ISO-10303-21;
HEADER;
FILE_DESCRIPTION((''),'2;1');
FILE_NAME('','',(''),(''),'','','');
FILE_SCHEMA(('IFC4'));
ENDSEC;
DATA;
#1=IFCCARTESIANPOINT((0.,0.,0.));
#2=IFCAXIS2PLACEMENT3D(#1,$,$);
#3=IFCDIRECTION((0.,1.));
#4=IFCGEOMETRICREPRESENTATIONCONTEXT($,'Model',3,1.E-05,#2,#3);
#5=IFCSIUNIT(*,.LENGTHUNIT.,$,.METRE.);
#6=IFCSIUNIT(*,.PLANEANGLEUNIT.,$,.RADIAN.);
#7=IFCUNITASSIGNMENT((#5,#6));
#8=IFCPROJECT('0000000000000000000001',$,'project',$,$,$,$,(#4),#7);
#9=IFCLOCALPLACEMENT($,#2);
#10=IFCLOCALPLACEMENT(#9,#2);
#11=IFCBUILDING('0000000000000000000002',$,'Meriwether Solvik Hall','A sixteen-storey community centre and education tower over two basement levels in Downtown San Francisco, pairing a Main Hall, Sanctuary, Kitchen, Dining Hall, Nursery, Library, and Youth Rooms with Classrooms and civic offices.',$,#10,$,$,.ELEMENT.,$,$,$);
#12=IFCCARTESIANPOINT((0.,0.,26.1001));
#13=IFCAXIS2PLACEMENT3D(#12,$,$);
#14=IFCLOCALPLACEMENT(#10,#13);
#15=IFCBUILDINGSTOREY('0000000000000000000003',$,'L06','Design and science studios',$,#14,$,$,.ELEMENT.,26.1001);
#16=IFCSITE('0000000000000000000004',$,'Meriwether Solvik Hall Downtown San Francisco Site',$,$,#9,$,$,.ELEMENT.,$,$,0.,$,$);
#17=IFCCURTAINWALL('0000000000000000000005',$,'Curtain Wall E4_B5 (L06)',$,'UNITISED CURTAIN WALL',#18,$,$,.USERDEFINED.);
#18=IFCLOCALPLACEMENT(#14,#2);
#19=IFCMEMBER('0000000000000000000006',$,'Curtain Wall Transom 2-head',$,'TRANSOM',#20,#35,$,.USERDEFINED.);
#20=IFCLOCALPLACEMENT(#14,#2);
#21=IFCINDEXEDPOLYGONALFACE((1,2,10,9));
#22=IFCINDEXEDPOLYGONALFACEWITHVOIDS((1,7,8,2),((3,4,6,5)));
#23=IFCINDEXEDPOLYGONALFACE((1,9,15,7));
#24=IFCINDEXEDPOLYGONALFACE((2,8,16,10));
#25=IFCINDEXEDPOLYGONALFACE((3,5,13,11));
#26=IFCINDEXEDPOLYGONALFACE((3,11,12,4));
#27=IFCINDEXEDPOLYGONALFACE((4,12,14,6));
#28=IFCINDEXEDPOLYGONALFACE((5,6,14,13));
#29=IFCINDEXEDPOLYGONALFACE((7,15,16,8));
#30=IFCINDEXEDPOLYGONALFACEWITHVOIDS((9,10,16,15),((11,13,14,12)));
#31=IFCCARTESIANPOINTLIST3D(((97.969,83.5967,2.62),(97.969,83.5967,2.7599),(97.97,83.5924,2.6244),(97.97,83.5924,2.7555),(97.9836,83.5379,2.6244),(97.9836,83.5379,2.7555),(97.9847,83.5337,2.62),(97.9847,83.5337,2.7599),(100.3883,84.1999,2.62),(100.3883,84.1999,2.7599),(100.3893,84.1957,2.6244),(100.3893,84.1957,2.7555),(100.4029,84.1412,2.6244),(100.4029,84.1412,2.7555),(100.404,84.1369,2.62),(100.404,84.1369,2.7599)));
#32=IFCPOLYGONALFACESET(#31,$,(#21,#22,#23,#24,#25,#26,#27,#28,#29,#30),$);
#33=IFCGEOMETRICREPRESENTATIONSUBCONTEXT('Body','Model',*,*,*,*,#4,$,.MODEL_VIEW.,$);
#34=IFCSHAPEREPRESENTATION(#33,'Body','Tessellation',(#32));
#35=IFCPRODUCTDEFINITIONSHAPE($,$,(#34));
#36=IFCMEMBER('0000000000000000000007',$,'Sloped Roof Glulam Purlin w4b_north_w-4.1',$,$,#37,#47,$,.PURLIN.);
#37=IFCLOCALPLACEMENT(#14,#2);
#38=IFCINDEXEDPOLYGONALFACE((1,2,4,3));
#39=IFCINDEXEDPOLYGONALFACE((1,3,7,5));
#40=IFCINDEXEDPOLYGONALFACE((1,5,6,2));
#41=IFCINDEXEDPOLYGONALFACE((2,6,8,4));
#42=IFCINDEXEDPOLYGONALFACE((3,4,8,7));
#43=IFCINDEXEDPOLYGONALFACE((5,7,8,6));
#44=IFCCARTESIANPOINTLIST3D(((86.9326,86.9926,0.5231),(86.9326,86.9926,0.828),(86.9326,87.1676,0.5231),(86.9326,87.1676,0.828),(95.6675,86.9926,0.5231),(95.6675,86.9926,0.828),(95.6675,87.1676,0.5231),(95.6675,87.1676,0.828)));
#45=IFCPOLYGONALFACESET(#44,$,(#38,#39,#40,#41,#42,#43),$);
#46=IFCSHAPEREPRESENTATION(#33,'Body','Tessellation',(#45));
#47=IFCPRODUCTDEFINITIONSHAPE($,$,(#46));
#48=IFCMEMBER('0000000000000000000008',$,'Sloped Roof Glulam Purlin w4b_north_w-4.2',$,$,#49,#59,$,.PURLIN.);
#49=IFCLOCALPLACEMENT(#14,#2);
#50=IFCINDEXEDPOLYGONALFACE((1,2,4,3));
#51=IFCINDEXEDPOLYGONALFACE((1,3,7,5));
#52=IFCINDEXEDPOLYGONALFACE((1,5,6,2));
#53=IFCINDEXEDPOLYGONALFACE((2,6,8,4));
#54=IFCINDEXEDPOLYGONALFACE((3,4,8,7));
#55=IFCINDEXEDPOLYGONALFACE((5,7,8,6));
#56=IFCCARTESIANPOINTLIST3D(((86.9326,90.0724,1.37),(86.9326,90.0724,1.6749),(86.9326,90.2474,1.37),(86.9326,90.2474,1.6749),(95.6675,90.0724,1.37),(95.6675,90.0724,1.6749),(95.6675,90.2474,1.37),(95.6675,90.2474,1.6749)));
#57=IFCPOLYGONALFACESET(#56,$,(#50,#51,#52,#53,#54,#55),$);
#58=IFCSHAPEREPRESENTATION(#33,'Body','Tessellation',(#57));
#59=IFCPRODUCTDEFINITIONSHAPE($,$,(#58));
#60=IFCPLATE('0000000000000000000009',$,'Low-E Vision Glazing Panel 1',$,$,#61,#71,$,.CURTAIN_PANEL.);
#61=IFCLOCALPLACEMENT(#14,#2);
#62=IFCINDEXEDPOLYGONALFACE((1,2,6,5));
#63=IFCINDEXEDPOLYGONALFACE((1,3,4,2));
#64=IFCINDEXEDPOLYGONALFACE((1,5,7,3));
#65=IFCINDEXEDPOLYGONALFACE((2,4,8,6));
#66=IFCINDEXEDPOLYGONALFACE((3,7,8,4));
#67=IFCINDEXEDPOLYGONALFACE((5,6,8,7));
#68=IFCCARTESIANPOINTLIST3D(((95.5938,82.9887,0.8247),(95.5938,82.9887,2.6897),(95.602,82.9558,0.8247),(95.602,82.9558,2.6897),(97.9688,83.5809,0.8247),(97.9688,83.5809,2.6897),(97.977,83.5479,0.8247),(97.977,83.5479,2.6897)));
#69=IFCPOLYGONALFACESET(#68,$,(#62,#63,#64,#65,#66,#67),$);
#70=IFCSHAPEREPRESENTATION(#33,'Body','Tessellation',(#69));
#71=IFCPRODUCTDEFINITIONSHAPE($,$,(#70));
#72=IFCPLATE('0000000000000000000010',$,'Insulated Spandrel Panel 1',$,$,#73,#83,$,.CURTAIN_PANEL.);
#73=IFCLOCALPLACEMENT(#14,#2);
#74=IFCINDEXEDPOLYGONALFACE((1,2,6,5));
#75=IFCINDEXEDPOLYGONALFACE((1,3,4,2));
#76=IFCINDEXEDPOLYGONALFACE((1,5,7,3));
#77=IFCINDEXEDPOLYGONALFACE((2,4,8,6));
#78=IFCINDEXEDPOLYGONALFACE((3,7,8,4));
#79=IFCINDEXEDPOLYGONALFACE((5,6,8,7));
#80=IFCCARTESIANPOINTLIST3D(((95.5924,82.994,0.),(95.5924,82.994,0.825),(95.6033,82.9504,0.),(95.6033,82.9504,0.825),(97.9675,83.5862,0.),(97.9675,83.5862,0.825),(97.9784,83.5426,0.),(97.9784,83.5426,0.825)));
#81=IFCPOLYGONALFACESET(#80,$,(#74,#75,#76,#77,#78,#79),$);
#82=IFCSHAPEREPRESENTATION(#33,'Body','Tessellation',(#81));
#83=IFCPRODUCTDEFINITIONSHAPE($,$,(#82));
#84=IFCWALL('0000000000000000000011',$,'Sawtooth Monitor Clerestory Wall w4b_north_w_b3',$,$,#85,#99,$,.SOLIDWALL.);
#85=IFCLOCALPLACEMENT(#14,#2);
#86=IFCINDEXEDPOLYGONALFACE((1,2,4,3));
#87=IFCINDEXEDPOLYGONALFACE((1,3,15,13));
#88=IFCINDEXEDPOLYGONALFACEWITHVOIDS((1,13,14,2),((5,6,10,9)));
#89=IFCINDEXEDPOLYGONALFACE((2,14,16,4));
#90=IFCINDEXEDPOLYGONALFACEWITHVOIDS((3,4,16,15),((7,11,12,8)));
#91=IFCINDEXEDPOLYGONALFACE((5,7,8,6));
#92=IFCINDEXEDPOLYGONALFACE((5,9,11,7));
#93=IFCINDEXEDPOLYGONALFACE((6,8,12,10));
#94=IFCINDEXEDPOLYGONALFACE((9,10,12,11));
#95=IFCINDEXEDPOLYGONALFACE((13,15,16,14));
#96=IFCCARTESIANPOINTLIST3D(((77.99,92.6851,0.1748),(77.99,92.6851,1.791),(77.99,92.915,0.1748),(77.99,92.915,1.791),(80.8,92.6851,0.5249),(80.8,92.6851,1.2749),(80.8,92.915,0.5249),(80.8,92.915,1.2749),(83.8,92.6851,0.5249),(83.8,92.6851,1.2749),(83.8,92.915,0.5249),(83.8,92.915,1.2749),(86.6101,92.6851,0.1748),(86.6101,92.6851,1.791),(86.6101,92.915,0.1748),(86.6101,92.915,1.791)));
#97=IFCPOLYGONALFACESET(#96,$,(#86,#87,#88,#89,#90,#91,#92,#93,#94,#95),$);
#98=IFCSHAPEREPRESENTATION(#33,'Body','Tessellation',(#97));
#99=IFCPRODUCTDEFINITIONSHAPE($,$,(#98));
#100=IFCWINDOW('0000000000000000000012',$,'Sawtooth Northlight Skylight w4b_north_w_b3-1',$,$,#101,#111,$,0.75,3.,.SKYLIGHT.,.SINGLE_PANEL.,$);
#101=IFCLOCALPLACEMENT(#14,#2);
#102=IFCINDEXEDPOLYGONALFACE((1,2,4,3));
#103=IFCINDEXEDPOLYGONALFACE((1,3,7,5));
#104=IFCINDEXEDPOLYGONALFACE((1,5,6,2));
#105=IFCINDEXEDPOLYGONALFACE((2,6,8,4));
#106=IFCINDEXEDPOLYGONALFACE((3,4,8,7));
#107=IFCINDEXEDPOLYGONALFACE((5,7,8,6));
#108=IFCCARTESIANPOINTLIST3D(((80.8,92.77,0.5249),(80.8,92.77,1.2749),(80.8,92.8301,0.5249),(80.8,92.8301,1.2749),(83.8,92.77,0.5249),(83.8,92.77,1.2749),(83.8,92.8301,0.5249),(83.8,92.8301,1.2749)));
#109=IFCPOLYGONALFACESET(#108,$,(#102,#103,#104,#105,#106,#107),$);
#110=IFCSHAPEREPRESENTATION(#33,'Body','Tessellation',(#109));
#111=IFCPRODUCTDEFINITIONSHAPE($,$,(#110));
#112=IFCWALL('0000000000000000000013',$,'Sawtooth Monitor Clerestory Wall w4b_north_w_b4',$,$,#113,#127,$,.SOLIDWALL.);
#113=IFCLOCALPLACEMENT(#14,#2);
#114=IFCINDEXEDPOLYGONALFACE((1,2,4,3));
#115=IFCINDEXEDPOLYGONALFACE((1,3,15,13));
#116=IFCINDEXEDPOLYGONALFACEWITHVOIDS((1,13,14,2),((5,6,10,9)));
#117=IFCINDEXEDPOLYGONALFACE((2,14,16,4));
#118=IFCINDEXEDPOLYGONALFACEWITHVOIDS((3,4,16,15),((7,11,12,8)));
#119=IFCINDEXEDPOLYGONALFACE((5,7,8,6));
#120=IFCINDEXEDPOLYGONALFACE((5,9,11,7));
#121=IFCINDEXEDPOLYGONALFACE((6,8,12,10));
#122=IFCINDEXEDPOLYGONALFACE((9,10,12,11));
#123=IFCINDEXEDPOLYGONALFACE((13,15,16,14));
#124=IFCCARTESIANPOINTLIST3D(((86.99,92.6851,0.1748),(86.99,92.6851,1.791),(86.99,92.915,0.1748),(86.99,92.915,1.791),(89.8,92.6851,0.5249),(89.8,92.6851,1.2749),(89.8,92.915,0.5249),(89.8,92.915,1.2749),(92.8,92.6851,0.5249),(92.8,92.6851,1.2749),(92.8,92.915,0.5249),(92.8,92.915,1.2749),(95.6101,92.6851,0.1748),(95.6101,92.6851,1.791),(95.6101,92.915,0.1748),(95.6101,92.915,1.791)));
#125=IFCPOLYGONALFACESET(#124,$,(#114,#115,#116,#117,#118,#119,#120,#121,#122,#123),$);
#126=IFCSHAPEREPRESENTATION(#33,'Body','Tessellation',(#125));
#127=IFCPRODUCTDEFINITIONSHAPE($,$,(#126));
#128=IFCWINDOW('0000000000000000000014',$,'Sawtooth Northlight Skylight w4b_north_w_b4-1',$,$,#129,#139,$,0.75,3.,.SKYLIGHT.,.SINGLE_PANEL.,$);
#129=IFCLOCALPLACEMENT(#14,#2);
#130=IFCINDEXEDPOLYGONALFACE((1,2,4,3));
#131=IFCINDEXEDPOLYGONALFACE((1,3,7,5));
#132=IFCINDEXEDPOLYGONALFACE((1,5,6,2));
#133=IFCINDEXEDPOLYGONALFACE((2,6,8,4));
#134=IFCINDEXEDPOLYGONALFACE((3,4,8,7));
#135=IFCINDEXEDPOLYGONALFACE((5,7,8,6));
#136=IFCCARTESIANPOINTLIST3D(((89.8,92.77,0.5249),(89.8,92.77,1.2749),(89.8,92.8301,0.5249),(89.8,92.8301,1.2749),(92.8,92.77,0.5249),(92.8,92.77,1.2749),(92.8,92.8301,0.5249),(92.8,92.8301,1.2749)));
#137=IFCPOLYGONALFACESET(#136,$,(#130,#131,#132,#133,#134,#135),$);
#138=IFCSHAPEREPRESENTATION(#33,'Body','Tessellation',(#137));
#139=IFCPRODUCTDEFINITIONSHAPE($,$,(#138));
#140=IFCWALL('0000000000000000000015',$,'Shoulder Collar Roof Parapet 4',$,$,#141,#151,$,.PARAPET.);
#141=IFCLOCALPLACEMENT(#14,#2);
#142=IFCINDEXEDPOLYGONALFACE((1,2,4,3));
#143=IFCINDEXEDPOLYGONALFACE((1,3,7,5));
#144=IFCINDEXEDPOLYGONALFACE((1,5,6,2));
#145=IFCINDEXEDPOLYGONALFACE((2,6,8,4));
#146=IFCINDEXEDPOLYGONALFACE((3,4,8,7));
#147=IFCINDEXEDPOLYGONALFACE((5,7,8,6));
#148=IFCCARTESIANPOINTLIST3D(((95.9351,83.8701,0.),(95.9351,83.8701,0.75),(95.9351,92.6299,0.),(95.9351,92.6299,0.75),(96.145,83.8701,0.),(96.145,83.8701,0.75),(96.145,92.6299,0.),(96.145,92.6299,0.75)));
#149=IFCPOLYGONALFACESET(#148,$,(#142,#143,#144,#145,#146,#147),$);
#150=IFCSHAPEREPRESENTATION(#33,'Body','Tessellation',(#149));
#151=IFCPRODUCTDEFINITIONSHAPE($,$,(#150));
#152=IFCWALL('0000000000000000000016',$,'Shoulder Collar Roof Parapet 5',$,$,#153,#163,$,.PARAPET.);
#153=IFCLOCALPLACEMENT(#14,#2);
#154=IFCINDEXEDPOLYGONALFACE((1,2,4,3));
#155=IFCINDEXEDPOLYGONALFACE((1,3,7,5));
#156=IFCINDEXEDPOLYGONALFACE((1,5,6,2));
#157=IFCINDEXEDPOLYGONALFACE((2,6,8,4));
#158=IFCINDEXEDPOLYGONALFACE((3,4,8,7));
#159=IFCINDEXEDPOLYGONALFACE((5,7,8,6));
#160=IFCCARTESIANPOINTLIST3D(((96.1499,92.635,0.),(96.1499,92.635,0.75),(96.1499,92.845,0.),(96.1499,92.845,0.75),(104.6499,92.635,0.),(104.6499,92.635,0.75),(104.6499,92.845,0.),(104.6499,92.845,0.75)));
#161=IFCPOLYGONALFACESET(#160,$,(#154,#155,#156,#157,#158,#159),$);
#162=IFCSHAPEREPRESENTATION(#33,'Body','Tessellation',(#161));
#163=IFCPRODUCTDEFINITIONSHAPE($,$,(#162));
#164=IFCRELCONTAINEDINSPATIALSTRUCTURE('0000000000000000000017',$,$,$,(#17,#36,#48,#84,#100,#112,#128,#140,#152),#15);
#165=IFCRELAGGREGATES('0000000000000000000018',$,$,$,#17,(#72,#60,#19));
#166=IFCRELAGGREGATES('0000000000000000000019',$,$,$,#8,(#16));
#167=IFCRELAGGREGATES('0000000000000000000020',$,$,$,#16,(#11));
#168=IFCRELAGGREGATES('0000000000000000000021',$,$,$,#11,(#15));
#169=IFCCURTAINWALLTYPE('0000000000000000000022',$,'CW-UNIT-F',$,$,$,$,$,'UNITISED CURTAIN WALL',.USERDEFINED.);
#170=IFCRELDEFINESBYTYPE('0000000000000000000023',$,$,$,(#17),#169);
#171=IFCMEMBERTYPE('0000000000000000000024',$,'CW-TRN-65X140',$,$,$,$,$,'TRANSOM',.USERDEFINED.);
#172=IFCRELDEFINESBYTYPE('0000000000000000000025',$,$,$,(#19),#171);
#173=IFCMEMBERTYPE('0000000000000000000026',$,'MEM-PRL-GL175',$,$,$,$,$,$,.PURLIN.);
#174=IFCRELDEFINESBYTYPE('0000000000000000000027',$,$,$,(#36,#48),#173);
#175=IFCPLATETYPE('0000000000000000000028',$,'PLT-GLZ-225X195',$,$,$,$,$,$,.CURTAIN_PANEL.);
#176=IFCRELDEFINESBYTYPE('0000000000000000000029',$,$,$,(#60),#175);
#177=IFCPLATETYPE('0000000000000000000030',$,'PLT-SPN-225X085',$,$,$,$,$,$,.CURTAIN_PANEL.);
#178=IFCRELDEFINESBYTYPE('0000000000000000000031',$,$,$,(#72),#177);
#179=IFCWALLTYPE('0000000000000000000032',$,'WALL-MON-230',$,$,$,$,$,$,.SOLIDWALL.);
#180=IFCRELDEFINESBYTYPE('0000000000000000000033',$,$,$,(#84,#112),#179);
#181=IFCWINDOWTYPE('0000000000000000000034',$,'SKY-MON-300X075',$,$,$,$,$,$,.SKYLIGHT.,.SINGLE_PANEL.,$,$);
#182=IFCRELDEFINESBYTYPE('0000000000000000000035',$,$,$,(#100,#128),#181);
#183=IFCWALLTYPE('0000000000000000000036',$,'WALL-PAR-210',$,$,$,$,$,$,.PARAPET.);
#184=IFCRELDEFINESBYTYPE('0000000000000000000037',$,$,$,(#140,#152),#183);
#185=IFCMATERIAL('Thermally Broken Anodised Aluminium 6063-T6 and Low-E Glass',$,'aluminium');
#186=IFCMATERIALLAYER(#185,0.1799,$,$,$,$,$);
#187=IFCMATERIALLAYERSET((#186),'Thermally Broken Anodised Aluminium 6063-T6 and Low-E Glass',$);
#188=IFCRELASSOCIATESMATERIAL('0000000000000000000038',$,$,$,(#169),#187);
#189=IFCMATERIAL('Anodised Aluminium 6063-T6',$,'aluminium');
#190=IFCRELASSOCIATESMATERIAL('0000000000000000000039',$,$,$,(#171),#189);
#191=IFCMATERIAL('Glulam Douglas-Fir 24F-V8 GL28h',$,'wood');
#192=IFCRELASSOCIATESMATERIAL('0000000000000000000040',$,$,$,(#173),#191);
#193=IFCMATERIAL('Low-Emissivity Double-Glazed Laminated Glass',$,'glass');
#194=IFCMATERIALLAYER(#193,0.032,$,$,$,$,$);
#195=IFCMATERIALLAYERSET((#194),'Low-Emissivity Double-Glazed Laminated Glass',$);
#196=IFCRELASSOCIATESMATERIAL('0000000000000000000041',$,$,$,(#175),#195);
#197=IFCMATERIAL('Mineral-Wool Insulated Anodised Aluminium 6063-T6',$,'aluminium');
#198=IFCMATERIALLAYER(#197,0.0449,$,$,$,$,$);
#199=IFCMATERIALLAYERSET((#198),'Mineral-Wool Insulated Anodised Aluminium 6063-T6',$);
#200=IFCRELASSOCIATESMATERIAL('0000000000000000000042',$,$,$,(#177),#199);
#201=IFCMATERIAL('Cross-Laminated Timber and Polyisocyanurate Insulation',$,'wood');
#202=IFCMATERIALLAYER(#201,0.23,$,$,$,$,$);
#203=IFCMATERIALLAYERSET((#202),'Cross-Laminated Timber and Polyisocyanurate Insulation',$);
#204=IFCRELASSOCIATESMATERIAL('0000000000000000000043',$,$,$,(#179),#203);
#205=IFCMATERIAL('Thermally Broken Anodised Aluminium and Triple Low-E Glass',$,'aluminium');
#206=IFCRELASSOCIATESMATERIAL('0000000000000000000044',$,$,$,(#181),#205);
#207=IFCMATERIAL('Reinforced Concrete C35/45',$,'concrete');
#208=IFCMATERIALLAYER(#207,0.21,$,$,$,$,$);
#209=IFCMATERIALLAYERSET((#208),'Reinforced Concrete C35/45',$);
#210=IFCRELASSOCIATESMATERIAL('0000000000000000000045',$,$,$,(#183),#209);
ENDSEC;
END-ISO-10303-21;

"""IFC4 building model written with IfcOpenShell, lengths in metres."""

from ifc_helpers import new_model, si_unit, direction, frame, frame_2d, origin, origin_2d, place, context, subcontext, project, spatial, rectangle, hollow_rectangle, extrude, material, layer, layer_set, material_profile, profile_set, type_object, element, fill, aggregate, save


model = new_model("IFC4")

# Units and contexts
model_context = context("Model", 3, precision=1e-05, world=origin(), true_north=direction((0.0, 1.0)))
body_context = subcontext(model_context, "Body", "Model", "MODEL_VIEW")
ifc_project = project(units=[si_unit("LENGTHUNIT", "METRE"), si_unit("PLANEANGLEUNIT", "RADIAN")], contexts=[model_context])

# Site, building, storey
site_placement = place(None, origin())
site = spatial("IfcSite", under=ifc_project, at=site_placement, Name="Meriwether Solvik Hall Downtown San Francisco Site", CompositionType="ELEMENT", RefElevation=0.0)
building_placement = place(site_placement, origin())
building = spatial("IfcBuilding", under=site, at=building_placement, Name="Meriwether Solvik Hall", Description="A sixteen-storey community centre and education tower over two basement levels in Downtown San Francisco, pairing a Main Hall, Sanctuary, Kitchen, Dining Hall, Nursery, Library, and Youth Rooms with Classrooms and civic offices.", CompositionType="ELEMENT")
storey_placement = place(building_placement, frame((0.0, 0.0, 26.1001)))
storey = spatial("IfcBuildingStorey", under=building, at=storey_placement, Name="L06", Description="Design and science studios", CompositionType="ELEMENT", Elevation=26.1001)

# Curtain wall, member
ifc_material_1 = material(Name="Thermally Broken Anodised Aluminium 6063-T6 and Low-E Glass", Category="aluminium")
ifc_layer_1 = layer(ifc_material_1, 0.1799)
ifc_layer_set_1 = layer_set([ifc_layer_1], Name="Thermally Broken Anodised Aluminium 6063-T6 and Low-E Glass")
curtain_wall_type = type_object("IfcCurtainWallType", Name="CW-UNIT-F", ElementType="UNITISED CURTAIN WALL", PredefinedType="USERDEFINED", material=ifc_layer_set_1)
curtain_wall_placement = place(storey_placement, origin())
curtain_wall = element("IfcCurtainWall", 1, at=curtain_wall_placement, inside=storey, type_object=curtain_wall_type, Name="Curtain Wall E4_B5 (L06)", ObjectType="UNITISED CURTAIN WALL", PredefinedType="USERDEFINED")
ifc_material_2 = material(Name="Anodised Aluminium 6063-T6", Category="aluminium")
ifc_material_profile_1 = material_profile(ifc_material_2, hollow_rectangle(XDim=0.0649, YDim=0.1399, WallThickness=0.0044, at=origin_2d()), Name="CWT-65X140")
ifc_profile_set_1 = profile_set([ifc_material_profile_1], Name="Anodised Aluminium 6063-T6")
member_type_1 = type_object("IfcMemberType", Name="CW-TRN-65X140", ElementType="TRANSOM", PredefinedType="USERDEFINED", material=ifc_profile_set_1)
member_1_placement = place(storey_placement, frame((97.9768, 83.5652, 2.6899), z_axis=(0.970292, 0.241937, 0.0), x_axis=(-0.241937, 0.970292, 0.0)))
member_1 = element("IfcMember", 2, at=member_1_placement, type_object=member_type_1, Name="Curtain Wall Transom 2-head", ObjectType="TRANSOM", PredefinedType="USERDEFINED", context=body_context, shape_type="SweptSolid", body=[
    extrude(hollow_rectangle(XDim=0.0649, YDim=0.1399, WallThickness=0.0044, at=origin_2d()), origin(), (0.0, 0.0, 1.0), 2.4934),
])

# Members
ifc_material_3 = material(Name="Glulam Douglas-Fir 24F-V8 GL28h", Category="wood")
ifc_material_profile_2 = material_profile(ifc_material_3, rectangle(XDim=0.175, YDim=0.3049, at=origin_2d()), Name="GLM-175X305")
ifc_profile_set_2 = profile_set([ifc_material_profile_2], Name="Glulam Douglas-Fir 24F-V8 GL28h")
member_type_2 = type_object("IfcMemberType", Name="MEM-PRL-GL175", PredefinedType="PURLIN", material=ifc_profile_set_2)
for number, where, z_axis, x_axis, name in (
    (3, (86.9326, 87.0801, 0.6755), (1.0, 0.0, 0.0), (0.0, 1.0, 0.0), "Sloped Roof Glulam Purlin w4b_north_w-4.1"),
    (4, (86.9326, 90.1599, 1.5225), (1.0, 0.0, 0.0), (0.0, 1.0, 0.0), "Sloped Roof Glulam Purlin w4b_north_w-4.2"),
):
    element("IfcMember", number, at=place(storey_placement, frame(where, z_axis=z_axis, x_axis=x_axis)), inside=storey, type_object=member_type_2, Name=name, PredefinedType="PURLIN", context=body_context, shape_type="SweptSolid", body=[
        extrude(rectangle(XDim=0.175, YDim=0.3049, at=origin_2d()), origin(), (0.0, 0.0, 1.0), 8.7349),
    ])

# Plates
ifc_material_4 = material(Name="Low-Emissivity Double-Glazed Laminated Glass", Category="glass")
ifc_layer_2 = layer(ifc_material_4, 0.032)
ifc_layer_set_2 = layer_set([ifc_layer_2], Name="Low-Emissivity Double-Glazed Laminated Glass")
plate_type_1 = type_object("IfcPlateType", Name="PLT-GLZ-225X195", PredefinedType="CURTAIN_PANEL", material=ifc_layer_set_2)
plate_1_placement = place(storey_placement, frame((96.7854, 83.2683, 0.8247), z_axis=(0.0, 0.0, 1.0), x_axis=(0.970296, 0.241922, 0.0)))
plate_1 = element("IfcPlate", 5, at=plate_1_placement, type_object=plate_type_1, Name="Low-E Vision Glazing Panel 1", PredefinedType="CURTAIN_PANEL", context=body_context, shape_type="SweptSolid", body=[
    extrude(rectangle(XDim=2.4478, YDim=0.0339, at=origin_2d()), origin(), (0.0, 0.0, 1.0), 1.865),
])
ifc_material_5 = material(Name="Mineral-Wool Insulated Anodised Aluminium 6063-T6", Category="aluminium")
ifc_layer_3 = layer(ifc_material_5, 0.0449)
ifc_layer_set_3 = layer_set([ifc_layer_3], Name="Mineral-Wool Insulated Anodised Aluminium 6063-T6")
plate_type_2 = type_object("IfcPlateType", Name="PLT-SPN-225X085", PredefinedType="CURTAIN_PANEL", material=ifc_layer_set_3)
plate_2_placement = place(storey_placement, frame((96.7854, 83.2683, 0.0), z_axis=(0.0, 0.0, 1.0), x_axis=(0.970296, 0.241922, 0.0)))
plate_2 = element("IfcPlate", 6, at=plate_2_placement, type_object=plate_type_2, Name="Insulated Spandrel Panel 1", PredefinedType="CURTAIN_PANEL", context=body_context, shape_type="SweptSolid", body=[
    extrude(rectangle(XDim=2.4478, YDim=0.0449, at=origin_2d()), origin(), (0.0, 0.0, 1.0), 0.825),
])
aggregate(curtain_wall, [plate_2, plate_1, member_1])

# Walls, openings, windows
ifc_material_6 = material(Name="Cross-Laminated Timber and Polyisocyanurate Insulation", Category="wood")
ifc_layer_4 = layer(ifc_material_6, 0.23)
ifc_layer_set_4 = layer_set([ifc_layer_4], Name="Cross-Laminated Timber and Polyisocyanurate Insulation")
wall_type_1 = type_object("IfcWallType", Name="WALL-MON-230", PredefinedType="SOLIDWALL", material=ifc_layer_set_4)
wall_1_placement = place(storey_placement, frame((86.6101, 92.8, 0.1748), z_axis=(0.0, 0.0, 1.0), x_axis=(-1.0, 0.0, 0.0)))
wall_1 = element("IfcWall", 7, at=wall_1_placement, inside=storey, type_object=wall_type_1, Name="Sawtooth Monitor Clerestory Wall w4b_north_w_b3", PredefinedType="SOLIDWALL", context=body_context, shape_type="SweptSolid", body=[
    extrude(rectangle(XDim=8.6201, YDim=0.23, at=frame_2d((4.3101, 0.0))), origin(), (0.0, 0.0, 1.0), 1.6162),
])
opening_1_placement = place(wall_1_placement, frame((2.8101, 0.0, 0.3501)))
opening_1 = element("IfcOpeningElement", 8, at=opening_1_placement, cuts=wall_1, PredefinedType="OPENING", context=body_context, shape_type="SweptSolid", body=[
    extrude(rectangle(XDim=3.0, YDim=0.75, at=frame_2d((1.5, 0.375))), frame((0.0, 0.127, 0.0), z_axis=(0.0, -1.0, 0.0), x_axis=(1.0, 0.0, 0.0)), (0.0, 0.0, 1.0), 0.2539),
])
ifc_material_7 = material(Name="Thermally Broken Anodised Aluminium and Triple Low-E Glass", Category="aluminium")
window_type = type_object("IfcWindowType", Name="SKY-MON-300X075", PartitioningType="SINGLE_PANEL", PredefinedType="SKYLIGHT", material=ifc_material_7)
window_1_placement = place(opening_1_placement, origin())
window_1 = element("IfcWindow", 9, at=window_1_placement, inside=storey, type_object=window_type, Name="Sawtooth Northlight Skylight w4b_north_w_b3-1", OverallHeight=0.75, OverallWidth=3.0, PartitioningType="SINGLE_PANEL", PredefinedType="SKYLIGHT", context=body_context, shape_type="SweptSolid", body=[
    extrude(rectangle(XDim=3.0, YDim=0.75, at=frame_2d((1.5, 0.375))), frame((0.0, 0.03, 0.0), z_axis=(0.0, -1.0, 0.0), x_axis=(1.0, 0.0, 0.0)), (0.0, 0.0, 1.0), 0.0601),
])
fill(opening_1, window_1)
wall_2_placement = place(storey_placement, frame((95.6101, 92.8, 0.1748), z_axis=(0.0, 0.0, 1.0), x_axis=(-1.0, 0.0, 0.0)))
wall_2 = element("IfcWall", 10, at=wall_2_placement, inside=storey, type_object=wall_type_1, Name="Sawtooth Monitor Clerestory Wall w4b_north_w_b4", PredefinedType="SOLIDWALL", context=body_context, shape_type="SweptSolid", body=[
    extrude(rectangle(XDim=8.6201, YDim=0.23, at=frame_2d((4.3101, 0.0))), origin(), (0.0, 0.0, 1.0), 1.6162),
])
opening_2_placement = place(wall_2_placement, frame((2.8101, 0.0, 0.3501)))
opening_2 = element("IfcOpeningElement", 11, at=opening_2_placement, cuts=wall_2, PredefinedType="OPENING", context=body_context, shape_type="SweptSolid", body=[
    extrude(rectangle(XDim=3.0, YDim=0.75, at=frame_2d((1.5, 0.375))), frame((0.0, 0.127, 0.0), z_axis=(0.0, -1.0, 0.0), x_axis=(1.0, 0.0, 0.0)), (0.0, 0.0, 1.0), 0.2539),
])
window_2_placement = place(opening_2_placement, origin())
window_2 = element("IfcWindow", 12, at=window_2_placement, inside=storey, type_object=window_type, Name="Sawtooth Northlight Skylight w4b_north_w_b4-1", OverallHeight=0.75, OverallWidth=3.0, PartitioningType="SINGLE_PANEL", PredefinedType="SKYLIGHT", context=body_context, shape_type="SweptSolid", body=[
    extrude(rectangle(XDim=3.0, YDim=0.75, at=frame_2d((1.5, 0.375))), frame((0.0, 0.03, 0.0), z_axis=(0.0, -1.0, 0.0), x_axis=(1.0, 0.0, 0.0)), (0.0, 0.0, 1.0), 0.0601),
])
fill(opening_2, window_2)

# Walls
ifc_material_8 = material(Name="Reinforced Concrete C35/45", Category="concrete")
ifc_layer_5 = layer(ifc_material_8, 0.21)
ifc_layer_set_5 = layer_set([ifc_layer_5], Name="Reinforced Concrete C35/45")
wall_type_2 = type_object("IfcWallType", Name="WALL-PAR-210", PredefinedType="PARAPET", material=ifc_layer_set_5)
wall_3_placement = place(storey_placement, frame((96.04, 83.8701, 0.0), z_axis=(0.0, 0.0, 1.0), x_axis=(0.0, 1.0, 0.0)))
element("IfcWall", 13, at=wall_3_placement, inside=storey, type_object=wall_type_2, Name="Shoulder Collar Roof Parapet 4", PredefinedType="PARAPET", context=body_context, shape_type="SweptSolid", body=[
    extrude(rectangle(XDim=8.7598, YDim=0.21, at=frame_2d((4.3799, 0.0))), origin(), (0.0, 0.0, 1.0), 0.75),
])
wall_4_placement = place(storey_placement, frame((96.1499, 92.74, 0.0), z_axis=(0.0, 0.0, 1.0), x_axis=(1.0, 0.0, 0.0)))
element("IfcWall", 14, at=wall_4_placement, inside=storey, type_object=wall_type_2, Name="Shoulder Collar Roof Parapet 5", PredefinedType="PARAPET", context=body_context, shape_type="SweptSolid", body=[
    extrude(rectangle(XDim=8.5, YDim=0.21, at=frame_2d((4.25, 0.0))), origin(), (0.0, 0.0, 1.0), 0.75),
])

save(model, "model.ifc")
